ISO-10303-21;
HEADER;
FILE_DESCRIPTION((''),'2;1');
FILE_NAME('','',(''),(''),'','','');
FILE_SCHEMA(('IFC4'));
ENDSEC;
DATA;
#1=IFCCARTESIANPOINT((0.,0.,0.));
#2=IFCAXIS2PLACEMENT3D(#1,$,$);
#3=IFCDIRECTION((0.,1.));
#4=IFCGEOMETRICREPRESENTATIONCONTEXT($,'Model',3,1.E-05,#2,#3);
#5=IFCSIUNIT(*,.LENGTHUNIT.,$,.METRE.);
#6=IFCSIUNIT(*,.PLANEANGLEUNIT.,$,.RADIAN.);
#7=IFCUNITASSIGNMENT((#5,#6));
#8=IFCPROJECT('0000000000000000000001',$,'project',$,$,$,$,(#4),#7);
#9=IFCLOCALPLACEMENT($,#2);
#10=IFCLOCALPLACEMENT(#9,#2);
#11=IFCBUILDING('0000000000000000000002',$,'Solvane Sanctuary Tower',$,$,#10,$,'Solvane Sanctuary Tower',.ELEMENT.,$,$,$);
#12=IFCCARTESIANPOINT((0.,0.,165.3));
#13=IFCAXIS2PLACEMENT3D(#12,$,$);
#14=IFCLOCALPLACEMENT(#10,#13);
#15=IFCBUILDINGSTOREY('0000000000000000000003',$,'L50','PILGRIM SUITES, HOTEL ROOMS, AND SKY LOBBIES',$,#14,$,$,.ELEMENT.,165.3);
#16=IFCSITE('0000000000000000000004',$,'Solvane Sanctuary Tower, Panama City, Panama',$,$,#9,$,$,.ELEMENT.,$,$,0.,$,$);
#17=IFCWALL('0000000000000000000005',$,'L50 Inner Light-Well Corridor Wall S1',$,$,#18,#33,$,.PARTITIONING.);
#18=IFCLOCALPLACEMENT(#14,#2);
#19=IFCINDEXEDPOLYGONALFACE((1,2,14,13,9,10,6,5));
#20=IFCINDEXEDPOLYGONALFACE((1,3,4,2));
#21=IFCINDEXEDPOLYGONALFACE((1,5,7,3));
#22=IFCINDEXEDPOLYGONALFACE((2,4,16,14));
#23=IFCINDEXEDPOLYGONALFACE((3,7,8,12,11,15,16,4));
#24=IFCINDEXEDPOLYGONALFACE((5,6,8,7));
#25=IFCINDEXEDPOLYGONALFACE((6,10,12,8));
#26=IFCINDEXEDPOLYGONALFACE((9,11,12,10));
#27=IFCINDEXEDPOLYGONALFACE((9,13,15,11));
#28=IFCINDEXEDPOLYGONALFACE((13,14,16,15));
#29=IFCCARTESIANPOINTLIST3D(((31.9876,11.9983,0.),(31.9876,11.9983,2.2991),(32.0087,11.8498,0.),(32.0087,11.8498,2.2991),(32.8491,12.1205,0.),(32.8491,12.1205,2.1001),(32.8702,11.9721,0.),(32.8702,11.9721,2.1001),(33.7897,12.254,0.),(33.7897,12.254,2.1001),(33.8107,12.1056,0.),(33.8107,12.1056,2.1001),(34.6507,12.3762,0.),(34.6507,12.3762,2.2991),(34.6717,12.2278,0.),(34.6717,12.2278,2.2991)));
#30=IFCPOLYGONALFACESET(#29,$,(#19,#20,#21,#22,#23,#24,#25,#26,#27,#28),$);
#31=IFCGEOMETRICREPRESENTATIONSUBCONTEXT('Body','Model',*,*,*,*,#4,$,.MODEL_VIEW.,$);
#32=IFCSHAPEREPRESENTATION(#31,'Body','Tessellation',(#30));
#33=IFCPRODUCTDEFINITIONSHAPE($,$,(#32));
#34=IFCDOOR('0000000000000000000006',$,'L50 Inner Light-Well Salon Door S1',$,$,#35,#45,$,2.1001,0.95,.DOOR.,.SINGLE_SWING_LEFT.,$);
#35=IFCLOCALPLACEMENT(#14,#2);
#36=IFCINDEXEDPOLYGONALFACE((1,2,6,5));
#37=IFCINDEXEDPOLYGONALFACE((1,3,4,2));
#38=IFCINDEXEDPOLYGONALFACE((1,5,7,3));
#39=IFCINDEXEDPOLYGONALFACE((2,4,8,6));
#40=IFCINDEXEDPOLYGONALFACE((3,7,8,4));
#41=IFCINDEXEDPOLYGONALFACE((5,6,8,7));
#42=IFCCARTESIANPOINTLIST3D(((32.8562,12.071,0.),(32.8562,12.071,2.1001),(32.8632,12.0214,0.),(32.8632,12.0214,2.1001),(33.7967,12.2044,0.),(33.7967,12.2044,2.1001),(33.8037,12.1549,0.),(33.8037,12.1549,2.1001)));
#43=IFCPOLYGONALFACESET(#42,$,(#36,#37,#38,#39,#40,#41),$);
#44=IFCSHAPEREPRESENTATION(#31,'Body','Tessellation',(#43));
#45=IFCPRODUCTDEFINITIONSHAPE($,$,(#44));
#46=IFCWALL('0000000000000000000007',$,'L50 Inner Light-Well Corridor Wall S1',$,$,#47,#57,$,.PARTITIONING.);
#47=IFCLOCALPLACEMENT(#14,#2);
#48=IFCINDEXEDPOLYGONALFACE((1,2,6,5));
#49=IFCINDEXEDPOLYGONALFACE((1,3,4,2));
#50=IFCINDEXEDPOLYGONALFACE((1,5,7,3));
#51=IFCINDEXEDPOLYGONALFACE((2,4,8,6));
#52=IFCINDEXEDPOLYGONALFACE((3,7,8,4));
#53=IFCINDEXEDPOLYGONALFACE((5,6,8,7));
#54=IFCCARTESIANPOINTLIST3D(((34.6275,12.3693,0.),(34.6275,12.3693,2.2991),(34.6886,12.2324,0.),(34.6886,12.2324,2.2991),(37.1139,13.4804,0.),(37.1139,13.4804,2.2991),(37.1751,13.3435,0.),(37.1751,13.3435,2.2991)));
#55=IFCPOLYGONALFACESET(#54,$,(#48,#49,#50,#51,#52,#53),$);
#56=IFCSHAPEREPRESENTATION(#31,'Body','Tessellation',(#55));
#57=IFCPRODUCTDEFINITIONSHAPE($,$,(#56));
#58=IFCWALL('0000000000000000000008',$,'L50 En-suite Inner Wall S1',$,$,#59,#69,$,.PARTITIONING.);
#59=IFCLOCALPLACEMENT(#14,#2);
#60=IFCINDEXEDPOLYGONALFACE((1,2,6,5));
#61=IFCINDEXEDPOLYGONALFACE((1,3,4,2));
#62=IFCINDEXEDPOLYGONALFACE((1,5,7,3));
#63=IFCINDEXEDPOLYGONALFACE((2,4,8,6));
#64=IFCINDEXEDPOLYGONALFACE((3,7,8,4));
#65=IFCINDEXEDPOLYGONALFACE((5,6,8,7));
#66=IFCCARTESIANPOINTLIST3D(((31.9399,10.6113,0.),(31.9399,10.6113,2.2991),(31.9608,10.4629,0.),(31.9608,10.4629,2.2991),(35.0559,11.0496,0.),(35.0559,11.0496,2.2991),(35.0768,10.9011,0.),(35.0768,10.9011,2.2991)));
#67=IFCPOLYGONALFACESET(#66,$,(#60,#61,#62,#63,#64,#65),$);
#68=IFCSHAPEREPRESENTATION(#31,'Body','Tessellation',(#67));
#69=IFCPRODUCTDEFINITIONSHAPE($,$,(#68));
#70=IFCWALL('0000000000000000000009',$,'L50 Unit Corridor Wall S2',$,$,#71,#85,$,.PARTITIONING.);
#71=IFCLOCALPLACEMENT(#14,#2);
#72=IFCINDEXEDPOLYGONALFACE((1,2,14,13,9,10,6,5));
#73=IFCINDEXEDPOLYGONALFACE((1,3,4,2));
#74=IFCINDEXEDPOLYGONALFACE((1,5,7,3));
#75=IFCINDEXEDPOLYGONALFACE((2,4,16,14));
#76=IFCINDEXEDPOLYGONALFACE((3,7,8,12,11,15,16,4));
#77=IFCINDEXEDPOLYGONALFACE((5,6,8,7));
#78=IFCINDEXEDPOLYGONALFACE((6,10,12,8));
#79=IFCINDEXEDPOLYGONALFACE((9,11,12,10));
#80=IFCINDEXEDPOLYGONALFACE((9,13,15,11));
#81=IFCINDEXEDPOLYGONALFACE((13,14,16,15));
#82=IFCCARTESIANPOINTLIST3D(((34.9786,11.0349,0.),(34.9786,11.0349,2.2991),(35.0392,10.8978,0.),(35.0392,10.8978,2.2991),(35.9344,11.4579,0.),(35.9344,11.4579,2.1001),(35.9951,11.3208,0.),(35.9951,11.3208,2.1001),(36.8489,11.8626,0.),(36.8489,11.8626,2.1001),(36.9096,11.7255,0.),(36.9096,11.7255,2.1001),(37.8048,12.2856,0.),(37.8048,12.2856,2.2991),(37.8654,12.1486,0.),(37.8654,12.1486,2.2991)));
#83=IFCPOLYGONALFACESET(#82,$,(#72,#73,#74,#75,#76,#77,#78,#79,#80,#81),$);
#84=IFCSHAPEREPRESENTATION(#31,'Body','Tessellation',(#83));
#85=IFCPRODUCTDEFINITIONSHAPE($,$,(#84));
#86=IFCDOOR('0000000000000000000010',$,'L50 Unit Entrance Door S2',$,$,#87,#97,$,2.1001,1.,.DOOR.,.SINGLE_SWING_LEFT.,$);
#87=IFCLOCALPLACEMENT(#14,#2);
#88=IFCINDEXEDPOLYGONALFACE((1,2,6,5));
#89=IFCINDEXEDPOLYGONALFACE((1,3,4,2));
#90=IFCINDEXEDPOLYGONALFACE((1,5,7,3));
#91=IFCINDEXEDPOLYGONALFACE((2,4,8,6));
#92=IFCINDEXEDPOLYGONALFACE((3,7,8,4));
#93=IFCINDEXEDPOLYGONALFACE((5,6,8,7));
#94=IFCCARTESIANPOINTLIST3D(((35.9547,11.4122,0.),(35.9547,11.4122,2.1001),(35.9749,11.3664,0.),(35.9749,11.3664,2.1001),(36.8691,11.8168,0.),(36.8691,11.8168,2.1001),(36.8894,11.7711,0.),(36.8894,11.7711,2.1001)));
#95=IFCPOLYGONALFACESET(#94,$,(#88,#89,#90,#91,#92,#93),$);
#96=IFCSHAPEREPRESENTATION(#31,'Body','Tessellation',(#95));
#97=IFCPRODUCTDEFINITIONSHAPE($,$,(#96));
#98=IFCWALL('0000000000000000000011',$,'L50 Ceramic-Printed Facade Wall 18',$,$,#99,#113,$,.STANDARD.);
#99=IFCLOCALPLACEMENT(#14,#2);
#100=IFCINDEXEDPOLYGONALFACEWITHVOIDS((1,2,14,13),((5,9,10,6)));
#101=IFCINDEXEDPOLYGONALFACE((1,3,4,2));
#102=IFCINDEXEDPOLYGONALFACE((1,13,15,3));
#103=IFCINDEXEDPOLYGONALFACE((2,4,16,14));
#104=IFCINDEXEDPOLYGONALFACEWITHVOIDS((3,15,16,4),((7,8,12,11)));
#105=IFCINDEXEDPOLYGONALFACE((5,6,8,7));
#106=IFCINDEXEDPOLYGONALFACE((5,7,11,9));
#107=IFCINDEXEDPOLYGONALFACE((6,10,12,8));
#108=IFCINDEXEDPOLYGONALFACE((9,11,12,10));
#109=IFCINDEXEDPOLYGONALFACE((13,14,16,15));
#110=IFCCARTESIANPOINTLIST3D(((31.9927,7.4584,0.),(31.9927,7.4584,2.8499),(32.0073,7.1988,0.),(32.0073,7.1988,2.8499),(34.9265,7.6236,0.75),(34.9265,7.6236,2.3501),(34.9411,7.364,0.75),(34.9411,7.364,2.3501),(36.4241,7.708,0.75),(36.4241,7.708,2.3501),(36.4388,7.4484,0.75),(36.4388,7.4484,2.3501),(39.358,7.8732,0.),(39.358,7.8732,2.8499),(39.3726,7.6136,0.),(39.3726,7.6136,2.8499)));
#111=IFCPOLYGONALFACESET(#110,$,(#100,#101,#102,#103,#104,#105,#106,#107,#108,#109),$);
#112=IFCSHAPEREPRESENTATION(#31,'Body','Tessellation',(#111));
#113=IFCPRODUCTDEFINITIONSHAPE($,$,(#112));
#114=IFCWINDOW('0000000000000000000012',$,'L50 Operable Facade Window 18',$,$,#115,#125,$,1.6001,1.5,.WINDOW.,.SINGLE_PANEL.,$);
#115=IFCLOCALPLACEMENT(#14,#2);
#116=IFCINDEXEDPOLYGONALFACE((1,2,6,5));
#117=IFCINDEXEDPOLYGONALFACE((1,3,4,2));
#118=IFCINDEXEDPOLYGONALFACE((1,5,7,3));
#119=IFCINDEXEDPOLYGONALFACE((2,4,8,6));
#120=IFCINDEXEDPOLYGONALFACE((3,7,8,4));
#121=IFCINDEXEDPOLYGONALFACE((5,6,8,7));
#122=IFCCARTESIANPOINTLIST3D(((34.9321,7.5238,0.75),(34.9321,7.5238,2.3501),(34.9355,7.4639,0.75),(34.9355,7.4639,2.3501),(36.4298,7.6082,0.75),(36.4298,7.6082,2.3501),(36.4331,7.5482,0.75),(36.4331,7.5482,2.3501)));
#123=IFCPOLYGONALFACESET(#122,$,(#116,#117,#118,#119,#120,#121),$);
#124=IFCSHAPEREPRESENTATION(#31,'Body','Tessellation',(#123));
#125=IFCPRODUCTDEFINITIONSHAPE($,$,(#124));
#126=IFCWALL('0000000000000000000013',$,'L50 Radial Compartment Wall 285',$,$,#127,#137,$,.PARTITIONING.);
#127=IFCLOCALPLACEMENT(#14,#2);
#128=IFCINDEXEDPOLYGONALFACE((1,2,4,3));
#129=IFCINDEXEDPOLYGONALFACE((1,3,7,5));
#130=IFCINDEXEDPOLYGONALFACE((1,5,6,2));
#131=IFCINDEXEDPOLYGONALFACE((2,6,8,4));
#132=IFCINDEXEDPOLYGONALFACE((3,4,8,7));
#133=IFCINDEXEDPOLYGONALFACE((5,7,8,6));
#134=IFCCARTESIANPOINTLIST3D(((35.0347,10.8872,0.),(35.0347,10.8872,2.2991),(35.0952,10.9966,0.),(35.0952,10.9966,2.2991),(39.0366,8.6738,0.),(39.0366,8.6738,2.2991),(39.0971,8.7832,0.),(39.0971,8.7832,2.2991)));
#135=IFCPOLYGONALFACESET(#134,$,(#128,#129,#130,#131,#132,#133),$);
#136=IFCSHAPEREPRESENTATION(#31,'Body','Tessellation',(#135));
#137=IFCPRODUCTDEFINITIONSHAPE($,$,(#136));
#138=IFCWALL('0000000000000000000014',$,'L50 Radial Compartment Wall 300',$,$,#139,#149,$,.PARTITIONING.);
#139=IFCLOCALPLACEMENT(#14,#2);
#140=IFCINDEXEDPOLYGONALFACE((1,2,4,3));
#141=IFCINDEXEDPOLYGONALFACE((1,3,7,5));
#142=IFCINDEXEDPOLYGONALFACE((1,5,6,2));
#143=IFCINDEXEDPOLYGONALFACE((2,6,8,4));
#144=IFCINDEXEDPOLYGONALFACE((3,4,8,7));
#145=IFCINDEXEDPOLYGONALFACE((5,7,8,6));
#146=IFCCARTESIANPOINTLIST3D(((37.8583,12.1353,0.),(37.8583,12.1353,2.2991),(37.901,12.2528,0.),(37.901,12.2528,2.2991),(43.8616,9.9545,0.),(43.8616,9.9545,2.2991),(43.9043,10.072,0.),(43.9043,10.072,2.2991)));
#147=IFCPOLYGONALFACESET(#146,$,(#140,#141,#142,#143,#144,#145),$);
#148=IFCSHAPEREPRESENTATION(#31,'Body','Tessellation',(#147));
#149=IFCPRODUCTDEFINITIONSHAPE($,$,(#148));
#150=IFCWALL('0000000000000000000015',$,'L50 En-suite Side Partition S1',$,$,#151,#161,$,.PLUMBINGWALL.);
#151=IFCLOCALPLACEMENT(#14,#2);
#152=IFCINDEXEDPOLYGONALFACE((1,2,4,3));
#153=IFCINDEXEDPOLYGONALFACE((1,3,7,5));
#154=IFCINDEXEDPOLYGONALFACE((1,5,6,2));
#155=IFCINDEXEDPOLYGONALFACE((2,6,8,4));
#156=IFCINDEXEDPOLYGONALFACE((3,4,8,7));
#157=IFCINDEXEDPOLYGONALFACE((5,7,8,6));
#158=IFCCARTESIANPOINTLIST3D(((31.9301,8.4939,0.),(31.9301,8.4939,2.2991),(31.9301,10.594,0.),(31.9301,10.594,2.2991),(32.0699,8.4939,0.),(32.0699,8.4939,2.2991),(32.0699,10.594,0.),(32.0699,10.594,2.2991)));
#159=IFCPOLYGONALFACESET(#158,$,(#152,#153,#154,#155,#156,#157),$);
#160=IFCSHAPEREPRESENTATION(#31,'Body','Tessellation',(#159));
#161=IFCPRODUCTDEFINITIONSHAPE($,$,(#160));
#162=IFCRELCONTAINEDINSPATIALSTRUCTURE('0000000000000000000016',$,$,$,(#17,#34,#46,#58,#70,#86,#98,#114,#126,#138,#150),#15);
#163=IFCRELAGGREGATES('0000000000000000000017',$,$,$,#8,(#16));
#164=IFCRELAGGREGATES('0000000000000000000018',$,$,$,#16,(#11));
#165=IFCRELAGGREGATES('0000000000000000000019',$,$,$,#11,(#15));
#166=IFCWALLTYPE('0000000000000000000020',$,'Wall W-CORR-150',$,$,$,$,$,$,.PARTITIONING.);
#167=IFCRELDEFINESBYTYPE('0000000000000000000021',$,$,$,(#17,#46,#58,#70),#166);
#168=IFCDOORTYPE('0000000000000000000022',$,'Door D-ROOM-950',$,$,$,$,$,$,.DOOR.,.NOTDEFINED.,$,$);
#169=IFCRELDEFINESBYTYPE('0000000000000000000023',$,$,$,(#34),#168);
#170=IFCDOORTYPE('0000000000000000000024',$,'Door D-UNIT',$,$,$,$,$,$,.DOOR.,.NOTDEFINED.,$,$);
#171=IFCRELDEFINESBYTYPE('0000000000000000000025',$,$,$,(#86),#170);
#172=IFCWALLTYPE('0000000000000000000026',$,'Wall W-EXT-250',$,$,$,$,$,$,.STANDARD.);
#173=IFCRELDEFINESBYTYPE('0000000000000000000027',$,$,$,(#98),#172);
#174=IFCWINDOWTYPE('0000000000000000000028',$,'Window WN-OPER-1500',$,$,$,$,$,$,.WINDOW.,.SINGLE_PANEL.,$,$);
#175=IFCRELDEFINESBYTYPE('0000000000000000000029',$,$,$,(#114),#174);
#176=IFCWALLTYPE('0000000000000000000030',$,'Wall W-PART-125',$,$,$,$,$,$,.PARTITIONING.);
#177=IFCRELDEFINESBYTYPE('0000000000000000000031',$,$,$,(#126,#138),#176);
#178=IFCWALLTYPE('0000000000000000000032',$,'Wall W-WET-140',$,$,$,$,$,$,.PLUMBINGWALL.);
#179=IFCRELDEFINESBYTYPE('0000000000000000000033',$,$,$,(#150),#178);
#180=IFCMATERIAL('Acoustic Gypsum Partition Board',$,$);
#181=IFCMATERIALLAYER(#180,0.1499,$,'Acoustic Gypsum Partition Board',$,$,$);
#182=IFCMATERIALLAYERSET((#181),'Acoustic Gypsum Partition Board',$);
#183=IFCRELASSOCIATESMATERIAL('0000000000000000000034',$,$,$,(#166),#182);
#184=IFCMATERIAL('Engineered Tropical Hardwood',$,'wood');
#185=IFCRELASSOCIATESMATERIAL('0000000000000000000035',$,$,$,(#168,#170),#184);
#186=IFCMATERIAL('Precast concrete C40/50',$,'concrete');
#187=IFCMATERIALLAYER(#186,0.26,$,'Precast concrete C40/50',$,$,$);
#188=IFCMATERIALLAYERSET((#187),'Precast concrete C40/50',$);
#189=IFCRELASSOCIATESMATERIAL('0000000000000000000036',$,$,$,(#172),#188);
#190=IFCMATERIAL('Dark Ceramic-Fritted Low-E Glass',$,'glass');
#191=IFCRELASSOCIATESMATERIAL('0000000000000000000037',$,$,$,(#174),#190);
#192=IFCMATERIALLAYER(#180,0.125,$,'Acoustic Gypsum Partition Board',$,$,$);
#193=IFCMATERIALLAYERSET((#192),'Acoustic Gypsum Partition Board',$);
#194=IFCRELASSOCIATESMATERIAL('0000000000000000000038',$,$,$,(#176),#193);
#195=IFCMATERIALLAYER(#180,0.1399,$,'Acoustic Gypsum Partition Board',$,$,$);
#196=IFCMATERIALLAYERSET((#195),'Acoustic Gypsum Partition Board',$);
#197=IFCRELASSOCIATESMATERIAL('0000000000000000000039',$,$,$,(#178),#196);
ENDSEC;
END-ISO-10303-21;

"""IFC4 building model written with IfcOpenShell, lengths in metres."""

from ifc_helpers import new_model, si_unit, direction, frame, frame_2d, origin, place, context, subcontext, project, spatial, rectangle, extrude, material, layer, layer_set, type_object, element, fill, save


model = new_model("IFC4")

# Units and contexts
model_context = context("Model", 3, precision=1e-05, world=origin(), true_north=direction((0.0, 1.0)))
body_context = subcontext(model_context, "Body", "Model", "MODEL_VIEW")
ifc_project = project(units=[si_unit("LENGTHUNIT", "METRE"), si_unit("PLANEANGLEUNIT", "RADIAN")], contexts=[model_context])

# Site, building, storey
site_placement = place(None, origin())
site = spatial("IfcSite", under=ifc_project, at=site_placement, Name="Solvane Sanctuary Tower, Panama City, Panama", CompositionType="ELEMENT", RefElevation=0.0)
building_placement = place(site_placement, origin())
building = spatial("IfcBuilding", under=site, at=building_placement, Name="Solvane Sanctuary Tower", LongName="Solvane Sanctuary Tower", CompositionType="ELEMENT")
storey_placement = place(building_placement, frame((0.0, 0.0, 165.3)))
storey = spatial("IfcBuildingStorey", under=building, at=storey_placement, Name="L50", Description="PILGRIM SUITES, HOTEL ROOMS, AND SKY LOBBIES", CompositionType="ELEMENT", Elevation=165.3)

# Shared definitions
ifc_material_1 = material(Name="Acoustic Gypsum Partition Board")
ifc_layer_1 = layer(ifc_material_1, 0.1499, Name="Acoustic Gypsum Partition Board")
ifc_layer_set_1 = layer_set([ifc_layer_1], Name="Acoustic Gypsum Partition Board")
wall_type_1 = type_object("IfcWallType", Name="Wall W-CORR-150", PredefinedType="PARTITIONING", material=ifc_layer_set_1)

# Wall, opening, door
wall_1_placement = place(storey_placement, frame((31.9983, 11.9241, 0.0), z_axis=(0.0, 0.0, 1.0), x_axis=(0.99008, 0.140506, 0.0)))
wall_1 = element("IfcWall", 1, at=wall_1_placement, inside=storey, type_object=wall_type_1, Name="L50 Inner Light-Well Corridor Wall S1", PredefinedType="PARTITIONING", context=body_context, shape_type="SweptSolid", body=[
    extrude(rectangle(XDim=2.6897, YDim=0.1499, at=frame_2d((1.3447, 0.0))), origin(), (0.0, 0.0, 1.0), 2.2991),
])
opening_1_placement = place(wall_1_placement, frame((0.8699, 0.0, 0.0)))
opening_1 = element("IfcOpeningElement", 2, at=opening_1_placement, cuts=wall_1, PredefinedType="OPENING", context=body_context, shape_type="SweptSolid", body=[
    extrude(rectangle(XDim=0.95, YDim=2.1001, at=frame_2d((0.4751, 1.05))), frame((0.0, 0.085, 0.0), z_axis=(0.0, -1.0, 0.0), x_axis=(1.0, 0.0, 0.0)), (0.0, 0.0, 1.0), 0.1699),
])
ifc_material_2 = material(Name="Engineered Tropical Hardwood", Category="wood")
door_type_1 = type_object("IfcDoorType", Name="Door D-ROOM-950", OperationType="NOTDEFINED", PredefinedType="DOOR", material=ifc_material_2)
door_1_placement = place(opening_1_placement, origin())
door_1 = element("IfcDoor", 3, at=door_1_placement, inside=storey, type_object=door_type_1, Name="L50 Inner Light-Well Salon Door S1", OperationType="SINGLE_SWING_LEFT", OverallHeight=2.1001, OverallWidth=0.95, PredefinedType="DOOR", context=body_context, shape_type="SweptSolid", body=[
    extrude(rectangle(XDim=0.95, YDim=2.1001, at=frame_2d((0.4751, 1.05))), frame((0.0, 0.0249, 0.0), z_axis=(0.0, -1.0, 0.0), x_axis=(1.0, 0.0, 0.0)), (0.0, 0.0, 1.0), 0.05),
])
fill(opening_1, door_1)

# Walls
wall_2_placement = place(storey_placement, frame((34.658, 12.3008, 0.0), z_axis=(0.0, 0.0, 1.0), x_axis=(0.912985, 0.407993, 0.0)))
element("IfcWall", 4, at=wall_2_placement, inside=storey, type_object=wall_type_1, Name="L50 Inner Light-Well Corridor Wall S1", PredefinedType="PARTITIONING", context=body_context, shape_type="SweptSolid", body=[
    extrude(rectangle(XDim=2.7234, YDim=0.1499, at=frame_2d((1.3618, 0.0))), origin(), (0.0, 0.0, 1.0), 2.2991),
])
wall_3_placement = place(storey_placement, frame((31.9504, 10.5371, 0.0), z_axis=(0.0, 0.0, 1.0), x_axis=(0.990254, 0.13927, 0.0)))
element("IfcWall", 5, at=wall_3_placement, inside=storey, type_object=wall_type_1, Name="L50 En-suite Inner Wall S1", PredefinedType="PARTITIONING", context=body_context, shape_type="SweptSolid", body=[
    extrude(rectangle(XDim=3.1467, YDim=0.1499, at=frame_2d((1.5732, 0.0))), origin(), (0.0, 0.0, 1.0), 2.2991),
])

# Wall, opening, door
wall_4_placement = place(storey_placement, frame((35.0088, 10.9663, 0.0), z_axis=(0.0, 0.0, 1.0), x_axis=(0.914452, 0.404694, 0.0)))
wall_4 = element("IfcWall", 6, at=wall_4_placement, inside=storey, type_object=wall_type_1, Name="L50 Unit Corridor Wall S2", PredefinedType="PARTITIONING", context=body_context, shape_type="SweptSolid", body=[
    extrude(rectangle(XDim=3.0906, YDim=0.1499, at=frame_2d((1.5454, 0.0))), origin(), (0.0, 0.0, 1.0), 2.2991),
])
opening_2_placement = place(wall_4_placement, frame((1.0454, 0.0, 0.0)))
opening_2 = element("IfcOpeningElement", 7, at=opening_2_placement, cuts=wall_4, PredefinedType="OPENING", context=body_context, shape_type="SweptSolid", body=[
    extrude(rectangle(XDim=1.0, YDim=2.1001, at=frame_2d((0.5, 1.05))), frame((0.0, 0.085, 0.0), z_axis=(0.0, -1.0, 0.0), x_axis=(1.0, 0.0, 0.0)), (0.0, 0.0, 1.0), 0.1699),
])
door_type_2 = type_object("IfcDoorType", Name="Door D-UNIT", OperationType="NOTDEFINED", PredefinedType="DOOR", material=ifc_material_2)
door_2_placement = place(opening_2_placement, origin())
door_2 = element("IfcDoor", 8, at=door_2_placement, inside=storey, type_object=door_type_2, Name="L50 Unit Entrance Door S2", OperationType="SINGLE_SWING_LEFT", OverallHeight=2.1001, OverallWidth=1.0, PredefinedType="DOOR", context=body_context, shape_type="SweptSolid", body=[
    extrude(rectangle(XDim=1.0, YDim=2.1001, at=frame_2d((0.5, 1.05))), frame((0.0, 0.0249, 0.0), z_axis=(0.0, -1.0, 0.0), x_axis=(1.0, 0.0, 0.0)), (0.0, 0.0, 1.0), 0.05),
])
fill(opening_2, door_2)

# Wall, opening, window
ifc_material_3 = material(Name="Precast concrete C40/50", Category="concrete")
ifc_layer_2 = layer(ifc_material_3, 0.26, Name="Precast concrete C40/50")
ifc_layer_set_2 = layer_set([ifc_layer_2], Name="Precast concrete C40/50")
wall_type_2 = type_object("IfcWallType", Name="Wall W-EXT-250", PredefinedType="STANDARD", material=ifc_layer_set_2)
wall_5_placement = place(storey_placement, frame((32.0, 7.3286, 0.0), z_axis=(0.0, 0.0, 1.0), x_axis=(0.998418, 0.056229, 0.0)))
wall_5 = element("IfcWall", 9, at=wall_5_placement, inside=storey, type_object=wall_type_2, Name="L50 Ceramic-Printed Facade Wall 18", PredefinedType="STANDARD", context=body_context, shape_type="SweptSolid", body=[
    extrude(rectangle(XDim=7.377, YDim=0.26, at=frame_2d((3.6885, 0.0))), origin(), (0.0, 0.0, 1.0), 2.8499),
])
opening_3_placement = place(wall_5_placement, frame((2.9385, 0.0, 0.75)))
opening_3 = element("IfcOpeningElement", 10, at=opening_3_placement, cuts=wall_5, PredefinedType="OPENING", context=body_context, shape_type="SweptSolid", body=[
    extrude(rectangle(XDim=1.5, YDim=1.6001, at=frame_2d((0.75, 0.8))), frame((0.0, 0.1399, 0.0), z_axis=(0.0, -1.0, 0.0), x_axis=(1.0, 0.0, 0.0)), (0.0, 0.0, 1.0), 0.28),
])
ifc_material_4 = material(Name="Dark Ceramic-Fritted Low-E Glass", Category="glass")
window_type = type_object("IfcWindowType", Name="Window WN-OPER-1500", PartitioningType="SINGLE_PANEL", PredefinedType="WINDOW", material=ifc_material_4)
window_placement = place(opening_3_placement, origin())
window = element("IfcWindow", 11, at=window_placement, inside=storey, type_object=window_type, Name="L50 Operable Facade Window 18", OverallHeight=1.6001, OverallWidth=1.5, PartitioningType="SINGLE_PANEL", PredefinedType="WINDOW", context=body_context, shape_type="SweptSolid", body=[
    extrude(rectangle(XDim=1.5, YDim=1.6001, at=frame_2d((0.75, 0.8))), frame((0.0, 0.03, 0.0), z_axis=(0.0, -1.0, 0.0), x_axis=(1.0, 0.0, 0.0)), (0.0, 0.0, 1.0), 0.0601),
])
fill(opening_3, window)

# Walls
ifc_layer_3 = layer(ifc_material_1, 0.125, Name="Acoustic Gypsum Partition Board")
ifc_layer_set_3 = layer_set([ifc_layer_3], Name="Acoustic Gypsum Partition Board")
wall_type_3 = type_object("IfcWallType", Name="Wall W-PART-125", PredefinedType="PARTITIONING", material=ifc_layer_set_3)
wall_6_placement = place(storey_placement, frame((35.0649, 10.9419, 0.0), z_axis=(0.0, 0.0, 1.0), x_axis=(0.875077, -0.483983, 0.0)))
element("IfcWall", 12, at=wall_6_placement, inside=storey, type_object=wall_type_3, Name="L50 Radial Compartment Wall 285", PredefinedType="PARTITIONING", context=body_context, shape_type="SweptSolid", body=[
    extrude(rectangle(XDim=4.5732, YDim=0.125, at=frame_2d((2.2866, 0.0))), origin(), (0.0, 0.0, 1.0), 2.2991),
])
wall_7_placement = place(storey_placement, frame((37.8796, 12.1941, 0.0), z_axis=(0.0, 0.0, 1.0), x_axis=(0.939902, -0.341445, 0.0)))
element("IfcWall", 13, at=wall_7_placement, inside=storey, type_object=wall_type_3, Name="L50 Radial Compartment Wall 300", PredefinedType="PARTITIONING", context=body_context, shape_type="SweptSolid", body=[
    extrude(rectangle(XDim=6.3872, YDim=0.125, at=frame_2d((3.1936, 0.0))), origin(), (0.0, 0.0, 1.0), 2.2991),
])
ifc_layer_4 = layer(ifc_material_1, 0.1399, Name="Acoustic Gypsum Partition Board")
ifc_layer_set_4 = layer_set([ifc_layer_4], Name="Acoustic Gypsum Partition Board")
wall_type_4 = type_object("IfcWallType", Name="Wall W-WET-140", PredefinedType="PLUMBINGWALL", material=ifc_layer_set_4)
wall_8_placement = place(storey_placement, frame((32.0, 10.594, 0.0), z_axis=(0.0, 0.0, 1.0), x_axis=(0.0, -1.0, 0.0)))
element("IfcWall", 14, at=wall_8_placement, inside=storey, type_object=wall_type_4, Name="L50 En-suite Side Partition S1", PredefinedType="PLUMBINGWALL", context=body_context, shape_type="SweptSolid", body=[
    extrude(rectangle(XDim=2.1001, YDim=0.1399, at=frame_2d((1.05, 0.0))), origin(), (0.0, 0.0, 1.0), 2.2991),
])

save(model, "model.ifc")
